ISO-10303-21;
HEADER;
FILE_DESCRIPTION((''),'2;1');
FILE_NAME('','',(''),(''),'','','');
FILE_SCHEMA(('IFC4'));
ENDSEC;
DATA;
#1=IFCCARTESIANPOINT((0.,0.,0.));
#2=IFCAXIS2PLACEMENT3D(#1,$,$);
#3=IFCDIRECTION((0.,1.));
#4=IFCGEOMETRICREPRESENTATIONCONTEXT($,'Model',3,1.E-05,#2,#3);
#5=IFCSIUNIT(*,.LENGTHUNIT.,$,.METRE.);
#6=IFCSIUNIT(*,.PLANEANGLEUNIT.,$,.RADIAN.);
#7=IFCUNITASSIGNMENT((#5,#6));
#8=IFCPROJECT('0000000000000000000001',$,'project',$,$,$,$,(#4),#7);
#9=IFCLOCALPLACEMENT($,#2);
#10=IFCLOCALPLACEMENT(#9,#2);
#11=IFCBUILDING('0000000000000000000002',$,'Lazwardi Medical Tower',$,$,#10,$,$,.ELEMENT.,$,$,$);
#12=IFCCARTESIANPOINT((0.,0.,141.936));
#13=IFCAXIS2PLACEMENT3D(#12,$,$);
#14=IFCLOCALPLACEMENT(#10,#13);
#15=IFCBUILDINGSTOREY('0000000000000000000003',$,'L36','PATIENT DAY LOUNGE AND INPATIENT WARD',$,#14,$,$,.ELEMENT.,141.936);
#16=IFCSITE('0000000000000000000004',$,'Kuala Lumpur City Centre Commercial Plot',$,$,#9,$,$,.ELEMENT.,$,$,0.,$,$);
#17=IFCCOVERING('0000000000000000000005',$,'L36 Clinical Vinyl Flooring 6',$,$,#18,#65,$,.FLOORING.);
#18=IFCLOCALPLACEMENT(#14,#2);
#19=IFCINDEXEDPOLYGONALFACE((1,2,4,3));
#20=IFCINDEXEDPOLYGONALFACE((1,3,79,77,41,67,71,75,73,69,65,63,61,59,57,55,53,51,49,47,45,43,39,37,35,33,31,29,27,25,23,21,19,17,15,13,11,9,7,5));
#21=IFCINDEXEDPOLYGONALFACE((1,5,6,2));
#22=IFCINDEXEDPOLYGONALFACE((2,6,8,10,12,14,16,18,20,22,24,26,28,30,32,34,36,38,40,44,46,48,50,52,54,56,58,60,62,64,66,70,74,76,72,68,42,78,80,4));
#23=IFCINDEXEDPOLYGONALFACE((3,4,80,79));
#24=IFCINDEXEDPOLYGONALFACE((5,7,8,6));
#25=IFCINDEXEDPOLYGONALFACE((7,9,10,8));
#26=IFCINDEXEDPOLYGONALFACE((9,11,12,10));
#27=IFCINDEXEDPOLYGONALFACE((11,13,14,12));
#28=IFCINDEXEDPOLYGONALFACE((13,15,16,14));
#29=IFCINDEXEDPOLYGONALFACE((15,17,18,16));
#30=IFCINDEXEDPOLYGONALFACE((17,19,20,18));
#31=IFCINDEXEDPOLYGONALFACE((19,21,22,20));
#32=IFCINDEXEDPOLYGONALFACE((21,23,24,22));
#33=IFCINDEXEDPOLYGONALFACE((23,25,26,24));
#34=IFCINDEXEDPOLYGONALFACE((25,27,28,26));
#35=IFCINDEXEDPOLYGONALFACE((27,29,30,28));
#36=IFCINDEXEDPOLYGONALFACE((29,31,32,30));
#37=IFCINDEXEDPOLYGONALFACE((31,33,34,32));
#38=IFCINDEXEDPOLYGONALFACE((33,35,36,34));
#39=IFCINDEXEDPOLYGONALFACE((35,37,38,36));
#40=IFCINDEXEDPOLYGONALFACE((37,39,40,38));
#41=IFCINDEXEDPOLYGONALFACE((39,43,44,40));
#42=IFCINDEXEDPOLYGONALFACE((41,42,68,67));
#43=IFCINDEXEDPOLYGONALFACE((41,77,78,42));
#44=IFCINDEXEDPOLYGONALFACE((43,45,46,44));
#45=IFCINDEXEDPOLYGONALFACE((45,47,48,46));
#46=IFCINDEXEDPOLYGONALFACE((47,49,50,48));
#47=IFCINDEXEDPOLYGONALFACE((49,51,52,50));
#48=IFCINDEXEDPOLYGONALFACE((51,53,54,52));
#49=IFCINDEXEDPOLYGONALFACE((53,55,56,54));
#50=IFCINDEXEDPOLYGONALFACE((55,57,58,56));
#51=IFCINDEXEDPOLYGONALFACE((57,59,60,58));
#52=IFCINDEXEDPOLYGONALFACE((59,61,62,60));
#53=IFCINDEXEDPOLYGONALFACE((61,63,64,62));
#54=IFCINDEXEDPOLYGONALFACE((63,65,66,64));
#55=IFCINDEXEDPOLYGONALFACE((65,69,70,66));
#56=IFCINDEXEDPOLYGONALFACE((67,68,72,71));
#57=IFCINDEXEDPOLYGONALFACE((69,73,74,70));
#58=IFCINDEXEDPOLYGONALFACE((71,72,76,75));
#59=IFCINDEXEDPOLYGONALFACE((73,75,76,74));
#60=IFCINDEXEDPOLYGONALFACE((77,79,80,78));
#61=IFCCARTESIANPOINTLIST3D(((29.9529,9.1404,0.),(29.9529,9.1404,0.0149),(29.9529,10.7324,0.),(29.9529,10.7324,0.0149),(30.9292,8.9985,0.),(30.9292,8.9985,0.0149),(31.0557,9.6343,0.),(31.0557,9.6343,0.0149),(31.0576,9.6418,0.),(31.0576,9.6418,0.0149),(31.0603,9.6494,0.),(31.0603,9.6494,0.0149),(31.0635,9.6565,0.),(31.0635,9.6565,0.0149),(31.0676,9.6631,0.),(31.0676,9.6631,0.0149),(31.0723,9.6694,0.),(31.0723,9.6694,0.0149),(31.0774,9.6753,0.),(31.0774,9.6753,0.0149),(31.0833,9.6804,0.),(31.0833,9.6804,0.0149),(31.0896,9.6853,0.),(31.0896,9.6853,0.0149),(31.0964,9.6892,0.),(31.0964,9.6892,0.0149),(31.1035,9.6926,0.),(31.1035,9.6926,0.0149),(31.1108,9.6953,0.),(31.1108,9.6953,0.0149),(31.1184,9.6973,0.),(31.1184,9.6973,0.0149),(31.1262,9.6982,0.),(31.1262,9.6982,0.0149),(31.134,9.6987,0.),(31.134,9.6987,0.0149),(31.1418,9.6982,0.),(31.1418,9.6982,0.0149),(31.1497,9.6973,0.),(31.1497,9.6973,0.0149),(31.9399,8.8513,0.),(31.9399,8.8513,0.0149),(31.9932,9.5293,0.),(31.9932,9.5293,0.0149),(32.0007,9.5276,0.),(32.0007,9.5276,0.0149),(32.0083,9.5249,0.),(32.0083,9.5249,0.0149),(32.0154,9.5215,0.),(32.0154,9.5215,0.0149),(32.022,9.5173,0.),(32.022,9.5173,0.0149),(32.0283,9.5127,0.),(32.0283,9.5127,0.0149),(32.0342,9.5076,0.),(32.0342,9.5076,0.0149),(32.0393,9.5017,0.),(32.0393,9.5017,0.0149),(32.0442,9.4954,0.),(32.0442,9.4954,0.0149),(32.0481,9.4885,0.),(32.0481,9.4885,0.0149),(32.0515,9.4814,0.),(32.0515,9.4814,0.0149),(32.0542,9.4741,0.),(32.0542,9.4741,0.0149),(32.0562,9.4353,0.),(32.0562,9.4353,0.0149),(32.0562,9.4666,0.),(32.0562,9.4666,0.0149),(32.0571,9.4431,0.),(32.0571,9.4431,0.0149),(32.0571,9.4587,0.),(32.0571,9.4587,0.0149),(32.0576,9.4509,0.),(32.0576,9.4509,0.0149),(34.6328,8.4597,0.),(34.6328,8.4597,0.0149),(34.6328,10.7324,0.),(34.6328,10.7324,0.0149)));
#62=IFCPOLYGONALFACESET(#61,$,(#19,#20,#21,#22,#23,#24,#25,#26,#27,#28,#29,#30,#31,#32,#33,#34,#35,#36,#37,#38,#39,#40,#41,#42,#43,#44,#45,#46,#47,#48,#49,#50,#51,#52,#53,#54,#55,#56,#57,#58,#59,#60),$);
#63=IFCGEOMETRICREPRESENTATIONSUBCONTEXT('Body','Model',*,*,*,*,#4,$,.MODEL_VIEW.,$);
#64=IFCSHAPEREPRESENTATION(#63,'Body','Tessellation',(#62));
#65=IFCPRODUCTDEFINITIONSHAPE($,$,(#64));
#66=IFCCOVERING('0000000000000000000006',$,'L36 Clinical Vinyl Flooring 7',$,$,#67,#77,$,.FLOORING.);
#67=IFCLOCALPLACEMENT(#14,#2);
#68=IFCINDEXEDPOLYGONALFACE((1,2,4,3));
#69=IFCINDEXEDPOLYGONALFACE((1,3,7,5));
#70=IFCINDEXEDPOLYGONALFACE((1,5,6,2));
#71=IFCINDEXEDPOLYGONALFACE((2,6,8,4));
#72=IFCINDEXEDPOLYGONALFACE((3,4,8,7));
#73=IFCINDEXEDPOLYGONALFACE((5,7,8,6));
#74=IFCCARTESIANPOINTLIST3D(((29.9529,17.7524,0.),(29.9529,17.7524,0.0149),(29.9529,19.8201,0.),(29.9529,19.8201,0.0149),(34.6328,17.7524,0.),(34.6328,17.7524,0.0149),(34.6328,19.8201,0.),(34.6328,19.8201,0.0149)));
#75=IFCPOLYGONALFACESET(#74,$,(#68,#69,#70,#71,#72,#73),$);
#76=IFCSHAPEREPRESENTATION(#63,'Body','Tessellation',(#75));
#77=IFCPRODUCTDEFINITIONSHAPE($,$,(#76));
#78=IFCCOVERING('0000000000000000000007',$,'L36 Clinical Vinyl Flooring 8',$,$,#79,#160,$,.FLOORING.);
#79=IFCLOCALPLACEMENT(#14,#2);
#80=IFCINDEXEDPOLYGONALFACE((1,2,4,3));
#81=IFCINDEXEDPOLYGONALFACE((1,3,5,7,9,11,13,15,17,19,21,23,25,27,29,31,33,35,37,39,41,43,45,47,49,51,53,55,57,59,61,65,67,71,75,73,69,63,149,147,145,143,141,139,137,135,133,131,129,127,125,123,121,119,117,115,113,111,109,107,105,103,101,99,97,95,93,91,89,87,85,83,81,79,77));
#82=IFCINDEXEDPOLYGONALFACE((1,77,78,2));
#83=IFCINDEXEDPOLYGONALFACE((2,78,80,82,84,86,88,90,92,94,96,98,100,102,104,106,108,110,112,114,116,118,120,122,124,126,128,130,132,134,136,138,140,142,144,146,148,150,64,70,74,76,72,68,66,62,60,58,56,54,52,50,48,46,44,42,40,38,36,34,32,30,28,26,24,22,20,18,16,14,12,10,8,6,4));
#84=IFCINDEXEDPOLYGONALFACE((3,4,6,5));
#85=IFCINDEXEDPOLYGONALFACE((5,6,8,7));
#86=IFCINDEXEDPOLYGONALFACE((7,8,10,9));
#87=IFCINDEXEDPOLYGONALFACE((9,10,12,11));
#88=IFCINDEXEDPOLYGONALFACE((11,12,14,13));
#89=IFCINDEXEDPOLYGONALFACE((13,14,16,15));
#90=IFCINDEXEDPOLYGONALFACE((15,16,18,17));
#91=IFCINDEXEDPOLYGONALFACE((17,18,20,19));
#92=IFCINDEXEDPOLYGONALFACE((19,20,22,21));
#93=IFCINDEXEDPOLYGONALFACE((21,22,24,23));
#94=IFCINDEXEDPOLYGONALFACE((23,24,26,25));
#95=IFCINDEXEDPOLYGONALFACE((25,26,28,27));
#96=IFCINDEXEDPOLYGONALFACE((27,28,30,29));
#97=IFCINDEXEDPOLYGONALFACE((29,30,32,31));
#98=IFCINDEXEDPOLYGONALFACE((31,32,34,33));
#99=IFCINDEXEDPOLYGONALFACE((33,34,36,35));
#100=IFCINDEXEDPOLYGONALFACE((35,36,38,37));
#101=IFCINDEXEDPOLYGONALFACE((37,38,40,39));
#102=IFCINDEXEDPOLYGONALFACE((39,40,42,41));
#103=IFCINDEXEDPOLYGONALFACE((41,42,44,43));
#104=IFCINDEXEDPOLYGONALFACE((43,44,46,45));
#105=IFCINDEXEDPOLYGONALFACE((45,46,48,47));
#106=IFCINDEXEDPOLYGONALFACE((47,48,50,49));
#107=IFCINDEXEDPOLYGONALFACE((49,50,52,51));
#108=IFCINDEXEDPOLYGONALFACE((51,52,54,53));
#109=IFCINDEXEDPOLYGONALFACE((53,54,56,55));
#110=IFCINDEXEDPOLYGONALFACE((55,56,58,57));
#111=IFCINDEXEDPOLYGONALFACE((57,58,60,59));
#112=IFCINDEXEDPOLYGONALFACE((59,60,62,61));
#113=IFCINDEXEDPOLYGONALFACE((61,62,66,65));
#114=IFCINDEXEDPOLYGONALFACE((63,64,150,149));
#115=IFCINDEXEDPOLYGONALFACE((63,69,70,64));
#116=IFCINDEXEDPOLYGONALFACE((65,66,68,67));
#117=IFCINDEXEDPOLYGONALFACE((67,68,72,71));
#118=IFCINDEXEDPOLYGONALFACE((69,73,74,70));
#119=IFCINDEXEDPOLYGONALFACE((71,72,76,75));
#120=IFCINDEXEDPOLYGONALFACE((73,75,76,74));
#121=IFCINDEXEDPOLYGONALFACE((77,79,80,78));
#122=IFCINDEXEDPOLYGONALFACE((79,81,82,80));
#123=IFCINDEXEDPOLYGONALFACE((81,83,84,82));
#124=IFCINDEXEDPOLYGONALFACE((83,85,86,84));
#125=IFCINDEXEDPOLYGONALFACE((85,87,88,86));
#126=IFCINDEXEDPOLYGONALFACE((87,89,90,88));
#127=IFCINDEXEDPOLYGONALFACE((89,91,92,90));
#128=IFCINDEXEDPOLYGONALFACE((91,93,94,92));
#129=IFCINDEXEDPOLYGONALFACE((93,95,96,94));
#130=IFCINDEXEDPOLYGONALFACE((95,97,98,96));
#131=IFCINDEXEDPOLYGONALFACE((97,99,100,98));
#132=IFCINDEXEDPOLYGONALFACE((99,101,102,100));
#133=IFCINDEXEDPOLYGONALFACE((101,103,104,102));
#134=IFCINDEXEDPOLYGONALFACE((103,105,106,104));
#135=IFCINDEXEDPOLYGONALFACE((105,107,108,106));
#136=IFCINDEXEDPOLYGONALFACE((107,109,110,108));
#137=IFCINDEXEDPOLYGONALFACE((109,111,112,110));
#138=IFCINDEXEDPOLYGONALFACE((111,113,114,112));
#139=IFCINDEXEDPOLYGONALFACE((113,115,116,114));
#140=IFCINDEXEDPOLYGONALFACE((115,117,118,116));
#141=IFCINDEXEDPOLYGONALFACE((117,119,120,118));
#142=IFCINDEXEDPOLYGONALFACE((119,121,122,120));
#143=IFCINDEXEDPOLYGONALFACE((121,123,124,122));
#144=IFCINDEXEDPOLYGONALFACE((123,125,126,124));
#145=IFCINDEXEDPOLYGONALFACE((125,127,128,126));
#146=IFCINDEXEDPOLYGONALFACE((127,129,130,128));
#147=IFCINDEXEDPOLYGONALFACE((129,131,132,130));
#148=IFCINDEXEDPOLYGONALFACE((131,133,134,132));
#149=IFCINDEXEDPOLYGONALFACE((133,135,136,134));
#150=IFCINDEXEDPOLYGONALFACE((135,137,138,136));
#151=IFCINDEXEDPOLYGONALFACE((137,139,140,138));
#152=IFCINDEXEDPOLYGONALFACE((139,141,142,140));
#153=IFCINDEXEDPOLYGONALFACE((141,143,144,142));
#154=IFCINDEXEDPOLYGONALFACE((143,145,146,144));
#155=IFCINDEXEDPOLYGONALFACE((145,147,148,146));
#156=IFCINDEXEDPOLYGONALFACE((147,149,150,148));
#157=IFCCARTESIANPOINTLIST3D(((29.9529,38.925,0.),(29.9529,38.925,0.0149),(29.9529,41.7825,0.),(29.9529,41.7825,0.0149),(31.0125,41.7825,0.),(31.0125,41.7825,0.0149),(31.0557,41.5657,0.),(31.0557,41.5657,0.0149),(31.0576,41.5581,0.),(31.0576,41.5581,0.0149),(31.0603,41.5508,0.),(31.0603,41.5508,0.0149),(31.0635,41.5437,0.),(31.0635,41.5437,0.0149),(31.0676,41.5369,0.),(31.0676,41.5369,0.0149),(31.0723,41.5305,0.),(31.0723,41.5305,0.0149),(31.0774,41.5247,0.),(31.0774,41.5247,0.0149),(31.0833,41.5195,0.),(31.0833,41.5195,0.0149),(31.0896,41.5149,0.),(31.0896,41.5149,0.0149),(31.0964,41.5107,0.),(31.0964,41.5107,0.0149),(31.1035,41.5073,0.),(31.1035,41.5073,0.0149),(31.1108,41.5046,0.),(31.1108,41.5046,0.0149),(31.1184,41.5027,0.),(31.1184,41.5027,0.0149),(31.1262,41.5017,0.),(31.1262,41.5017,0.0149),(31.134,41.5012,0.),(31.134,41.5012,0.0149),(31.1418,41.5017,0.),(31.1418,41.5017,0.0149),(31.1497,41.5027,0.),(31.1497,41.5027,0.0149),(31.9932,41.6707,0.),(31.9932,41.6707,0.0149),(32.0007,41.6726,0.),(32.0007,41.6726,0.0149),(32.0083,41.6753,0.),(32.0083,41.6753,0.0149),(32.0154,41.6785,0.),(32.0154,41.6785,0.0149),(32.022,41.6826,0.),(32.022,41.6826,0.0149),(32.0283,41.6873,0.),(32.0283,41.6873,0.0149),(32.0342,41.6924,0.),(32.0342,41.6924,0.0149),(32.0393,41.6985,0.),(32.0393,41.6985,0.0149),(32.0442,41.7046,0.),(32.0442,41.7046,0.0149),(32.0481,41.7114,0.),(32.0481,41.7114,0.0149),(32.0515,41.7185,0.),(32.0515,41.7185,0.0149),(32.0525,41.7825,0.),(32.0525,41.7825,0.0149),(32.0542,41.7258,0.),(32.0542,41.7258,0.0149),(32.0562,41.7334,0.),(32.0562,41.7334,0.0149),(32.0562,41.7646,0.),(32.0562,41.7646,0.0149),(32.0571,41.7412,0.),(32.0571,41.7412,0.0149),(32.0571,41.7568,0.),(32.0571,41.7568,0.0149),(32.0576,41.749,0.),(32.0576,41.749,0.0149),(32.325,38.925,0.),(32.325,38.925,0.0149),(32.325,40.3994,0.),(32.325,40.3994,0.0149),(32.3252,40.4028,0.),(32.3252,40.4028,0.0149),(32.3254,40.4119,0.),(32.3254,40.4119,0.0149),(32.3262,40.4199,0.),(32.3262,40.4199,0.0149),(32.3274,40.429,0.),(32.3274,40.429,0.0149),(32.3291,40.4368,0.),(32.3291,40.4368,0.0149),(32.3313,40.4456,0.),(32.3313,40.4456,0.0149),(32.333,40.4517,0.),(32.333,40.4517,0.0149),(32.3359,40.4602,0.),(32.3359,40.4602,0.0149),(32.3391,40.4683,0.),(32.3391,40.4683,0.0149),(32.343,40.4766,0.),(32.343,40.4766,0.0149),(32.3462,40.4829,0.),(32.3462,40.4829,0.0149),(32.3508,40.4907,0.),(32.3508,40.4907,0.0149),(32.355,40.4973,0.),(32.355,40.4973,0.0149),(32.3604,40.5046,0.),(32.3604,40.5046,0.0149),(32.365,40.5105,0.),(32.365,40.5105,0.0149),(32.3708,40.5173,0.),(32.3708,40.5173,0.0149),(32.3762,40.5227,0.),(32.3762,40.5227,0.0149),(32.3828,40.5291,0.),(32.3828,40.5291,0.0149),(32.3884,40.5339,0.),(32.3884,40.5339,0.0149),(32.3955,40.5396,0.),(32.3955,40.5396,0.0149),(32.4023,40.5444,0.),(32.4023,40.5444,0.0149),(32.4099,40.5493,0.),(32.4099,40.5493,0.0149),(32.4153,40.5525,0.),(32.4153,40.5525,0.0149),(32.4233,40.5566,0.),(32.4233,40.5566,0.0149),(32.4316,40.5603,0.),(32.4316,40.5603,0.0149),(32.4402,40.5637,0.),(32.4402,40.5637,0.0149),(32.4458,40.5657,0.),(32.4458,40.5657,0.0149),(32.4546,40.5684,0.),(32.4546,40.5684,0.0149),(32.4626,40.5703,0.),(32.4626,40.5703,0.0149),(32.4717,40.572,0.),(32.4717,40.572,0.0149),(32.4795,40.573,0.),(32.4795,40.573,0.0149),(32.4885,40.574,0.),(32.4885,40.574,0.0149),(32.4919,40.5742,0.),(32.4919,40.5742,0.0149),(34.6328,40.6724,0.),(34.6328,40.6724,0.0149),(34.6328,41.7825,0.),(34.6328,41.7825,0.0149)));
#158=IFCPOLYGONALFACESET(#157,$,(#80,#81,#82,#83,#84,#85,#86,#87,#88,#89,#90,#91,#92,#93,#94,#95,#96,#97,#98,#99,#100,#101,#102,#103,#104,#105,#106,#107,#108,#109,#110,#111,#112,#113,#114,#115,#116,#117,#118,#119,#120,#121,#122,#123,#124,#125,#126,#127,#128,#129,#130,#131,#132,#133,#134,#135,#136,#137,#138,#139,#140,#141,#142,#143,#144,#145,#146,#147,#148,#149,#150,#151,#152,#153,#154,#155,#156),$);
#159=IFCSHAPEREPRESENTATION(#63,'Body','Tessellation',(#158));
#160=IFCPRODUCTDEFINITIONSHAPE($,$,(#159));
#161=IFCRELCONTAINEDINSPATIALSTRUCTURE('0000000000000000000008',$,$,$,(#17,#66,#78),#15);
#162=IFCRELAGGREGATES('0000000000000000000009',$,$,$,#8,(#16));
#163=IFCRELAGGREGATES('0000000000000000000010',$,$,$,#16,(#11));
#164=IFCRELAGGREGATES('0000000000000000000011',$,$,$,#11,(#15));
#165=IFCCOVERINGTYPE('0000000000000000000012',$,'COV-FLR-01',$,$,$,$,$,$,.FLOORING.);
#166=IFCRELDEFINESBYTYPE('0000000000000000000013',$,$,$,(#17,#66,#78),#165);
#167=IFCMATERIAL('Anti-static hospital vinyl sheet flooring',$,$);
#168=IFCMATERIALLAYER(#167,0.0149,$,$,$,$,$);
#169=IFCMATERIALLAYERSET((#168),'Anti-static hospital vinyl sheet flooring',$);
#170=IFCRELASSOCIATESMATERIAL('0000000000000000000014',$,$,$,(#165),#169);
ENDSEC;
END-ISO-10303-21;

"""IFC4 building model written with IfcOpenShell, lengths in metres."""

from ifc_helpers import new_model, si_unit, direction, frame, origin, place, context, subcontext, project, spatial, polyline, outline, extrude, material, layer, layer_set, type_object, element, save


model = new_model("IFC4")

# Units and contexts
model_context = context("Model", 3, precision=1e-05, world=origin(), true_north=direction((0.0, 1.0)))
body_context = subcontext(model_context, "Body", "Model", "MODEL_VIEW")
ifc_project = project(units=[si_unit("LENGTHUNIT", "METRE"), si_unit("PLANEANGLEUNIT", "RADIAN")], contexts=[model_context])

# Site, building, storey
site_placement = place(None, origin())
site = spatial("IfcSite", under=ifc_project, at=site_placement, Name="Kuala Lumpur City Centre Commercial Plot", CompositionType="ELEMENT", RefElevation=0.0)
building_placement = place(site_placement, origin())
building = spatial("IfcBuilding", under=site, at=building_placement, Name="Lazwardi Medical Tower", CompositionType="ELEMENT")
storey_placement = place(building_placement, frame((0.0, 0.0, 141.936)))
storey = spatial("IfcBuildingStorey", under=building, at=storey_placement, Name="L36", Description="PATIENT DAY LOUNGE AND INPATIENT WARD", CompositionType="ELEMENT", Elevation=141.936)

# Coverings
ifc_material_1 = material(Name="Anti-static hospital vinyl sheet flooring")
ifc_layer_1 = layer(ifc_material_1, 0.0149)
ifc_layer_set_1 = layer_set([ifc_layer_1], Name="Anti-static hospital vinyl sheet flooring")
covering_type_1 = type_object("IfcCoveringType", Name="COV-FLR-01", PredefinedType="FLOORING", material=ifc_layer_set_1)
covering_1_placement = place(storey_placement, origin())
element("IfcCovering", 1, at=covering_1_placement, inside=storey, type_object=covering_type_1, Name="L36 Clinical Vinyl Flooring 6", PredefinedType="FLOORING", context=body_context, shape_type="SweptSolid", body=[
    extrude(outline(polyline([(29.9529, 9.1404), (30.9292, 8.9985), (31.0557, 9.6343), (31.0576, 9.6418), (31.0603, 9.6494), (31.0635, 9.6565), (31.0676, 9.6631), (31.0723, 9.6694), (31.0774, 9.6753), (31.0833, 9.6804), (31.0896, 9.6853), (31.0964, 9.6892), (31.1035, 9.6926), (31.1108, 9.6953), (31.1184, 9.6973), (31.1262, 9.6982), (31.134, 9.6987), (31.1418, 9.6982), (31.1497, 9.6973), (31.9932, 9.5293), (32.0007, 9.5276), (32.0083, 9.5249), (32.0154, 9.5215), (32.022, 9.5173), (32.0283, 9.5127), (32.0342, 9.5076), (32.0393, 9.5017), (32.0442, 9.4954), (32.0481, 9.4885), (32.0515, 9.4814), (32.0542, 9.4741), (32.0562, 9.4666), (32.0571, 9.4587), (32.0576, 9.4509), (32.0571, 9.4431), (32.0562, 9.4353), (31.9399, 8.8513), (34.6328, 8.4597), (34.6328, 10.7324), (29.9529, 10.7324), (29.9529, 9.1404)])), origin(), (0.0, 0.0, 1.0), 0.0149),
])
covering_2_placement = place(storey_placement, origin())
element("IfcCovering", 2, at=covering_2_placement, inside=storey, type_object=covering_type_1, Name="L36 Clinical Vinyl Flooring 7", PredefinedType="FLOORING", context=body_context, shape_type="SweptSolid", body=[
    extrude(outline(polyline([(34.6328, 19.8201), (29.9529, 19.8201), (29.9529, 17.7524), (34.6328, 17.7524), (34.6328, 19.8201)])), origin(), (0.0, 0.0, 1.0), 0.0149),
])
covering_3_placement = place(storey_placement, origin())
element("IfcCovering", 3, at=covering_3_placement, inside=storey, type_object=covering_type_1, Name="L36 Clinical Vinyl Flooring 8", PredefinedType="FLOORING", context=body_context, shape_type="SweptSolid", body=[
    extrude(outline(polyline([(32.0525, 41.7825), (32.0562, 41.7646), (32.0571, 41.7568), (32.0576, 41.749), (32.0571, 41.7412), (32.0562, 41.7334), (32.0542, 41.7258), (32.0515, 41.7185), (32.0481, 41.7114), (32.0442, 41.7046), (32.0393, 41.6985), (32.0342, 41.6924), (32.0283, 41.6873), (32.022, 41.6826), (32.0154, 41.6785), (32.0083, 41.6753), (32.0007, 41.6726), (31.9932, 41.6707), (31.1497, 41.5027), (31.1418, 41.5017), (31.134, 41.5012), (31.1262, 41.5017), (31.1184, 41.5027), (31.1108, 41.5046), (31.1035, 41.5073), (31.0964, 41.5107), (31.0896, 41.5149), (31.0833, 41.5195), (31.0774, 41.5247), (31.0723, 41.5305), (31.0676, 41.5369), (31.0635, 41.5437), (31.0603, 41.5508), (31.0576, 41.5581), (31.0557, 41.5657), (31.0125, 41.7825), (29.9529, 41.7825), (29.9529, 38.925), (32.325, 38.925), (32.325, 40.3994), (32.3252, 40.4028), (32.3254, 40.4119), (32.3262, 40.4199), (32.3274, 40.429), (32.3291, 40.4368), (32.3313, 40.4456), (32.333, 40.4517), (32.3359, 40.4602), (32.3391, 40.4683), (32.343, 40.4766), (32.3462, 40.4829), (32.3508, 40.4907), (32.355, 40.4973), (32.3604, 40.5046), (32.365, 40.5105), (32.3708, 40.5173), (32.3762, 40.5227), (32.3828, 40.5291), (32.3884, 40.5339), (32.3955, 40.5396), (32.4023, 40.5444), (32.4099, 40.5493), (32.4153, 40.5525), (32.4233, 40.5566), (32.4316, 40.5603), (32.4402, 40.5637), (32.4458, 40.5657), (32.4546, 40.5684), (32.4626, 40.5703), (32.4717, 40.572), (32.4795, 40.573), (32.4885, 40.574), (32.4919, 40.5742), (34.6328, 40.6724), (34.6328, 41.7825), (32.0525, 41.7825)])), origin(), (0.0, 0.0, 1.0), 0.0149),
])

save(model, "model.ifc")
